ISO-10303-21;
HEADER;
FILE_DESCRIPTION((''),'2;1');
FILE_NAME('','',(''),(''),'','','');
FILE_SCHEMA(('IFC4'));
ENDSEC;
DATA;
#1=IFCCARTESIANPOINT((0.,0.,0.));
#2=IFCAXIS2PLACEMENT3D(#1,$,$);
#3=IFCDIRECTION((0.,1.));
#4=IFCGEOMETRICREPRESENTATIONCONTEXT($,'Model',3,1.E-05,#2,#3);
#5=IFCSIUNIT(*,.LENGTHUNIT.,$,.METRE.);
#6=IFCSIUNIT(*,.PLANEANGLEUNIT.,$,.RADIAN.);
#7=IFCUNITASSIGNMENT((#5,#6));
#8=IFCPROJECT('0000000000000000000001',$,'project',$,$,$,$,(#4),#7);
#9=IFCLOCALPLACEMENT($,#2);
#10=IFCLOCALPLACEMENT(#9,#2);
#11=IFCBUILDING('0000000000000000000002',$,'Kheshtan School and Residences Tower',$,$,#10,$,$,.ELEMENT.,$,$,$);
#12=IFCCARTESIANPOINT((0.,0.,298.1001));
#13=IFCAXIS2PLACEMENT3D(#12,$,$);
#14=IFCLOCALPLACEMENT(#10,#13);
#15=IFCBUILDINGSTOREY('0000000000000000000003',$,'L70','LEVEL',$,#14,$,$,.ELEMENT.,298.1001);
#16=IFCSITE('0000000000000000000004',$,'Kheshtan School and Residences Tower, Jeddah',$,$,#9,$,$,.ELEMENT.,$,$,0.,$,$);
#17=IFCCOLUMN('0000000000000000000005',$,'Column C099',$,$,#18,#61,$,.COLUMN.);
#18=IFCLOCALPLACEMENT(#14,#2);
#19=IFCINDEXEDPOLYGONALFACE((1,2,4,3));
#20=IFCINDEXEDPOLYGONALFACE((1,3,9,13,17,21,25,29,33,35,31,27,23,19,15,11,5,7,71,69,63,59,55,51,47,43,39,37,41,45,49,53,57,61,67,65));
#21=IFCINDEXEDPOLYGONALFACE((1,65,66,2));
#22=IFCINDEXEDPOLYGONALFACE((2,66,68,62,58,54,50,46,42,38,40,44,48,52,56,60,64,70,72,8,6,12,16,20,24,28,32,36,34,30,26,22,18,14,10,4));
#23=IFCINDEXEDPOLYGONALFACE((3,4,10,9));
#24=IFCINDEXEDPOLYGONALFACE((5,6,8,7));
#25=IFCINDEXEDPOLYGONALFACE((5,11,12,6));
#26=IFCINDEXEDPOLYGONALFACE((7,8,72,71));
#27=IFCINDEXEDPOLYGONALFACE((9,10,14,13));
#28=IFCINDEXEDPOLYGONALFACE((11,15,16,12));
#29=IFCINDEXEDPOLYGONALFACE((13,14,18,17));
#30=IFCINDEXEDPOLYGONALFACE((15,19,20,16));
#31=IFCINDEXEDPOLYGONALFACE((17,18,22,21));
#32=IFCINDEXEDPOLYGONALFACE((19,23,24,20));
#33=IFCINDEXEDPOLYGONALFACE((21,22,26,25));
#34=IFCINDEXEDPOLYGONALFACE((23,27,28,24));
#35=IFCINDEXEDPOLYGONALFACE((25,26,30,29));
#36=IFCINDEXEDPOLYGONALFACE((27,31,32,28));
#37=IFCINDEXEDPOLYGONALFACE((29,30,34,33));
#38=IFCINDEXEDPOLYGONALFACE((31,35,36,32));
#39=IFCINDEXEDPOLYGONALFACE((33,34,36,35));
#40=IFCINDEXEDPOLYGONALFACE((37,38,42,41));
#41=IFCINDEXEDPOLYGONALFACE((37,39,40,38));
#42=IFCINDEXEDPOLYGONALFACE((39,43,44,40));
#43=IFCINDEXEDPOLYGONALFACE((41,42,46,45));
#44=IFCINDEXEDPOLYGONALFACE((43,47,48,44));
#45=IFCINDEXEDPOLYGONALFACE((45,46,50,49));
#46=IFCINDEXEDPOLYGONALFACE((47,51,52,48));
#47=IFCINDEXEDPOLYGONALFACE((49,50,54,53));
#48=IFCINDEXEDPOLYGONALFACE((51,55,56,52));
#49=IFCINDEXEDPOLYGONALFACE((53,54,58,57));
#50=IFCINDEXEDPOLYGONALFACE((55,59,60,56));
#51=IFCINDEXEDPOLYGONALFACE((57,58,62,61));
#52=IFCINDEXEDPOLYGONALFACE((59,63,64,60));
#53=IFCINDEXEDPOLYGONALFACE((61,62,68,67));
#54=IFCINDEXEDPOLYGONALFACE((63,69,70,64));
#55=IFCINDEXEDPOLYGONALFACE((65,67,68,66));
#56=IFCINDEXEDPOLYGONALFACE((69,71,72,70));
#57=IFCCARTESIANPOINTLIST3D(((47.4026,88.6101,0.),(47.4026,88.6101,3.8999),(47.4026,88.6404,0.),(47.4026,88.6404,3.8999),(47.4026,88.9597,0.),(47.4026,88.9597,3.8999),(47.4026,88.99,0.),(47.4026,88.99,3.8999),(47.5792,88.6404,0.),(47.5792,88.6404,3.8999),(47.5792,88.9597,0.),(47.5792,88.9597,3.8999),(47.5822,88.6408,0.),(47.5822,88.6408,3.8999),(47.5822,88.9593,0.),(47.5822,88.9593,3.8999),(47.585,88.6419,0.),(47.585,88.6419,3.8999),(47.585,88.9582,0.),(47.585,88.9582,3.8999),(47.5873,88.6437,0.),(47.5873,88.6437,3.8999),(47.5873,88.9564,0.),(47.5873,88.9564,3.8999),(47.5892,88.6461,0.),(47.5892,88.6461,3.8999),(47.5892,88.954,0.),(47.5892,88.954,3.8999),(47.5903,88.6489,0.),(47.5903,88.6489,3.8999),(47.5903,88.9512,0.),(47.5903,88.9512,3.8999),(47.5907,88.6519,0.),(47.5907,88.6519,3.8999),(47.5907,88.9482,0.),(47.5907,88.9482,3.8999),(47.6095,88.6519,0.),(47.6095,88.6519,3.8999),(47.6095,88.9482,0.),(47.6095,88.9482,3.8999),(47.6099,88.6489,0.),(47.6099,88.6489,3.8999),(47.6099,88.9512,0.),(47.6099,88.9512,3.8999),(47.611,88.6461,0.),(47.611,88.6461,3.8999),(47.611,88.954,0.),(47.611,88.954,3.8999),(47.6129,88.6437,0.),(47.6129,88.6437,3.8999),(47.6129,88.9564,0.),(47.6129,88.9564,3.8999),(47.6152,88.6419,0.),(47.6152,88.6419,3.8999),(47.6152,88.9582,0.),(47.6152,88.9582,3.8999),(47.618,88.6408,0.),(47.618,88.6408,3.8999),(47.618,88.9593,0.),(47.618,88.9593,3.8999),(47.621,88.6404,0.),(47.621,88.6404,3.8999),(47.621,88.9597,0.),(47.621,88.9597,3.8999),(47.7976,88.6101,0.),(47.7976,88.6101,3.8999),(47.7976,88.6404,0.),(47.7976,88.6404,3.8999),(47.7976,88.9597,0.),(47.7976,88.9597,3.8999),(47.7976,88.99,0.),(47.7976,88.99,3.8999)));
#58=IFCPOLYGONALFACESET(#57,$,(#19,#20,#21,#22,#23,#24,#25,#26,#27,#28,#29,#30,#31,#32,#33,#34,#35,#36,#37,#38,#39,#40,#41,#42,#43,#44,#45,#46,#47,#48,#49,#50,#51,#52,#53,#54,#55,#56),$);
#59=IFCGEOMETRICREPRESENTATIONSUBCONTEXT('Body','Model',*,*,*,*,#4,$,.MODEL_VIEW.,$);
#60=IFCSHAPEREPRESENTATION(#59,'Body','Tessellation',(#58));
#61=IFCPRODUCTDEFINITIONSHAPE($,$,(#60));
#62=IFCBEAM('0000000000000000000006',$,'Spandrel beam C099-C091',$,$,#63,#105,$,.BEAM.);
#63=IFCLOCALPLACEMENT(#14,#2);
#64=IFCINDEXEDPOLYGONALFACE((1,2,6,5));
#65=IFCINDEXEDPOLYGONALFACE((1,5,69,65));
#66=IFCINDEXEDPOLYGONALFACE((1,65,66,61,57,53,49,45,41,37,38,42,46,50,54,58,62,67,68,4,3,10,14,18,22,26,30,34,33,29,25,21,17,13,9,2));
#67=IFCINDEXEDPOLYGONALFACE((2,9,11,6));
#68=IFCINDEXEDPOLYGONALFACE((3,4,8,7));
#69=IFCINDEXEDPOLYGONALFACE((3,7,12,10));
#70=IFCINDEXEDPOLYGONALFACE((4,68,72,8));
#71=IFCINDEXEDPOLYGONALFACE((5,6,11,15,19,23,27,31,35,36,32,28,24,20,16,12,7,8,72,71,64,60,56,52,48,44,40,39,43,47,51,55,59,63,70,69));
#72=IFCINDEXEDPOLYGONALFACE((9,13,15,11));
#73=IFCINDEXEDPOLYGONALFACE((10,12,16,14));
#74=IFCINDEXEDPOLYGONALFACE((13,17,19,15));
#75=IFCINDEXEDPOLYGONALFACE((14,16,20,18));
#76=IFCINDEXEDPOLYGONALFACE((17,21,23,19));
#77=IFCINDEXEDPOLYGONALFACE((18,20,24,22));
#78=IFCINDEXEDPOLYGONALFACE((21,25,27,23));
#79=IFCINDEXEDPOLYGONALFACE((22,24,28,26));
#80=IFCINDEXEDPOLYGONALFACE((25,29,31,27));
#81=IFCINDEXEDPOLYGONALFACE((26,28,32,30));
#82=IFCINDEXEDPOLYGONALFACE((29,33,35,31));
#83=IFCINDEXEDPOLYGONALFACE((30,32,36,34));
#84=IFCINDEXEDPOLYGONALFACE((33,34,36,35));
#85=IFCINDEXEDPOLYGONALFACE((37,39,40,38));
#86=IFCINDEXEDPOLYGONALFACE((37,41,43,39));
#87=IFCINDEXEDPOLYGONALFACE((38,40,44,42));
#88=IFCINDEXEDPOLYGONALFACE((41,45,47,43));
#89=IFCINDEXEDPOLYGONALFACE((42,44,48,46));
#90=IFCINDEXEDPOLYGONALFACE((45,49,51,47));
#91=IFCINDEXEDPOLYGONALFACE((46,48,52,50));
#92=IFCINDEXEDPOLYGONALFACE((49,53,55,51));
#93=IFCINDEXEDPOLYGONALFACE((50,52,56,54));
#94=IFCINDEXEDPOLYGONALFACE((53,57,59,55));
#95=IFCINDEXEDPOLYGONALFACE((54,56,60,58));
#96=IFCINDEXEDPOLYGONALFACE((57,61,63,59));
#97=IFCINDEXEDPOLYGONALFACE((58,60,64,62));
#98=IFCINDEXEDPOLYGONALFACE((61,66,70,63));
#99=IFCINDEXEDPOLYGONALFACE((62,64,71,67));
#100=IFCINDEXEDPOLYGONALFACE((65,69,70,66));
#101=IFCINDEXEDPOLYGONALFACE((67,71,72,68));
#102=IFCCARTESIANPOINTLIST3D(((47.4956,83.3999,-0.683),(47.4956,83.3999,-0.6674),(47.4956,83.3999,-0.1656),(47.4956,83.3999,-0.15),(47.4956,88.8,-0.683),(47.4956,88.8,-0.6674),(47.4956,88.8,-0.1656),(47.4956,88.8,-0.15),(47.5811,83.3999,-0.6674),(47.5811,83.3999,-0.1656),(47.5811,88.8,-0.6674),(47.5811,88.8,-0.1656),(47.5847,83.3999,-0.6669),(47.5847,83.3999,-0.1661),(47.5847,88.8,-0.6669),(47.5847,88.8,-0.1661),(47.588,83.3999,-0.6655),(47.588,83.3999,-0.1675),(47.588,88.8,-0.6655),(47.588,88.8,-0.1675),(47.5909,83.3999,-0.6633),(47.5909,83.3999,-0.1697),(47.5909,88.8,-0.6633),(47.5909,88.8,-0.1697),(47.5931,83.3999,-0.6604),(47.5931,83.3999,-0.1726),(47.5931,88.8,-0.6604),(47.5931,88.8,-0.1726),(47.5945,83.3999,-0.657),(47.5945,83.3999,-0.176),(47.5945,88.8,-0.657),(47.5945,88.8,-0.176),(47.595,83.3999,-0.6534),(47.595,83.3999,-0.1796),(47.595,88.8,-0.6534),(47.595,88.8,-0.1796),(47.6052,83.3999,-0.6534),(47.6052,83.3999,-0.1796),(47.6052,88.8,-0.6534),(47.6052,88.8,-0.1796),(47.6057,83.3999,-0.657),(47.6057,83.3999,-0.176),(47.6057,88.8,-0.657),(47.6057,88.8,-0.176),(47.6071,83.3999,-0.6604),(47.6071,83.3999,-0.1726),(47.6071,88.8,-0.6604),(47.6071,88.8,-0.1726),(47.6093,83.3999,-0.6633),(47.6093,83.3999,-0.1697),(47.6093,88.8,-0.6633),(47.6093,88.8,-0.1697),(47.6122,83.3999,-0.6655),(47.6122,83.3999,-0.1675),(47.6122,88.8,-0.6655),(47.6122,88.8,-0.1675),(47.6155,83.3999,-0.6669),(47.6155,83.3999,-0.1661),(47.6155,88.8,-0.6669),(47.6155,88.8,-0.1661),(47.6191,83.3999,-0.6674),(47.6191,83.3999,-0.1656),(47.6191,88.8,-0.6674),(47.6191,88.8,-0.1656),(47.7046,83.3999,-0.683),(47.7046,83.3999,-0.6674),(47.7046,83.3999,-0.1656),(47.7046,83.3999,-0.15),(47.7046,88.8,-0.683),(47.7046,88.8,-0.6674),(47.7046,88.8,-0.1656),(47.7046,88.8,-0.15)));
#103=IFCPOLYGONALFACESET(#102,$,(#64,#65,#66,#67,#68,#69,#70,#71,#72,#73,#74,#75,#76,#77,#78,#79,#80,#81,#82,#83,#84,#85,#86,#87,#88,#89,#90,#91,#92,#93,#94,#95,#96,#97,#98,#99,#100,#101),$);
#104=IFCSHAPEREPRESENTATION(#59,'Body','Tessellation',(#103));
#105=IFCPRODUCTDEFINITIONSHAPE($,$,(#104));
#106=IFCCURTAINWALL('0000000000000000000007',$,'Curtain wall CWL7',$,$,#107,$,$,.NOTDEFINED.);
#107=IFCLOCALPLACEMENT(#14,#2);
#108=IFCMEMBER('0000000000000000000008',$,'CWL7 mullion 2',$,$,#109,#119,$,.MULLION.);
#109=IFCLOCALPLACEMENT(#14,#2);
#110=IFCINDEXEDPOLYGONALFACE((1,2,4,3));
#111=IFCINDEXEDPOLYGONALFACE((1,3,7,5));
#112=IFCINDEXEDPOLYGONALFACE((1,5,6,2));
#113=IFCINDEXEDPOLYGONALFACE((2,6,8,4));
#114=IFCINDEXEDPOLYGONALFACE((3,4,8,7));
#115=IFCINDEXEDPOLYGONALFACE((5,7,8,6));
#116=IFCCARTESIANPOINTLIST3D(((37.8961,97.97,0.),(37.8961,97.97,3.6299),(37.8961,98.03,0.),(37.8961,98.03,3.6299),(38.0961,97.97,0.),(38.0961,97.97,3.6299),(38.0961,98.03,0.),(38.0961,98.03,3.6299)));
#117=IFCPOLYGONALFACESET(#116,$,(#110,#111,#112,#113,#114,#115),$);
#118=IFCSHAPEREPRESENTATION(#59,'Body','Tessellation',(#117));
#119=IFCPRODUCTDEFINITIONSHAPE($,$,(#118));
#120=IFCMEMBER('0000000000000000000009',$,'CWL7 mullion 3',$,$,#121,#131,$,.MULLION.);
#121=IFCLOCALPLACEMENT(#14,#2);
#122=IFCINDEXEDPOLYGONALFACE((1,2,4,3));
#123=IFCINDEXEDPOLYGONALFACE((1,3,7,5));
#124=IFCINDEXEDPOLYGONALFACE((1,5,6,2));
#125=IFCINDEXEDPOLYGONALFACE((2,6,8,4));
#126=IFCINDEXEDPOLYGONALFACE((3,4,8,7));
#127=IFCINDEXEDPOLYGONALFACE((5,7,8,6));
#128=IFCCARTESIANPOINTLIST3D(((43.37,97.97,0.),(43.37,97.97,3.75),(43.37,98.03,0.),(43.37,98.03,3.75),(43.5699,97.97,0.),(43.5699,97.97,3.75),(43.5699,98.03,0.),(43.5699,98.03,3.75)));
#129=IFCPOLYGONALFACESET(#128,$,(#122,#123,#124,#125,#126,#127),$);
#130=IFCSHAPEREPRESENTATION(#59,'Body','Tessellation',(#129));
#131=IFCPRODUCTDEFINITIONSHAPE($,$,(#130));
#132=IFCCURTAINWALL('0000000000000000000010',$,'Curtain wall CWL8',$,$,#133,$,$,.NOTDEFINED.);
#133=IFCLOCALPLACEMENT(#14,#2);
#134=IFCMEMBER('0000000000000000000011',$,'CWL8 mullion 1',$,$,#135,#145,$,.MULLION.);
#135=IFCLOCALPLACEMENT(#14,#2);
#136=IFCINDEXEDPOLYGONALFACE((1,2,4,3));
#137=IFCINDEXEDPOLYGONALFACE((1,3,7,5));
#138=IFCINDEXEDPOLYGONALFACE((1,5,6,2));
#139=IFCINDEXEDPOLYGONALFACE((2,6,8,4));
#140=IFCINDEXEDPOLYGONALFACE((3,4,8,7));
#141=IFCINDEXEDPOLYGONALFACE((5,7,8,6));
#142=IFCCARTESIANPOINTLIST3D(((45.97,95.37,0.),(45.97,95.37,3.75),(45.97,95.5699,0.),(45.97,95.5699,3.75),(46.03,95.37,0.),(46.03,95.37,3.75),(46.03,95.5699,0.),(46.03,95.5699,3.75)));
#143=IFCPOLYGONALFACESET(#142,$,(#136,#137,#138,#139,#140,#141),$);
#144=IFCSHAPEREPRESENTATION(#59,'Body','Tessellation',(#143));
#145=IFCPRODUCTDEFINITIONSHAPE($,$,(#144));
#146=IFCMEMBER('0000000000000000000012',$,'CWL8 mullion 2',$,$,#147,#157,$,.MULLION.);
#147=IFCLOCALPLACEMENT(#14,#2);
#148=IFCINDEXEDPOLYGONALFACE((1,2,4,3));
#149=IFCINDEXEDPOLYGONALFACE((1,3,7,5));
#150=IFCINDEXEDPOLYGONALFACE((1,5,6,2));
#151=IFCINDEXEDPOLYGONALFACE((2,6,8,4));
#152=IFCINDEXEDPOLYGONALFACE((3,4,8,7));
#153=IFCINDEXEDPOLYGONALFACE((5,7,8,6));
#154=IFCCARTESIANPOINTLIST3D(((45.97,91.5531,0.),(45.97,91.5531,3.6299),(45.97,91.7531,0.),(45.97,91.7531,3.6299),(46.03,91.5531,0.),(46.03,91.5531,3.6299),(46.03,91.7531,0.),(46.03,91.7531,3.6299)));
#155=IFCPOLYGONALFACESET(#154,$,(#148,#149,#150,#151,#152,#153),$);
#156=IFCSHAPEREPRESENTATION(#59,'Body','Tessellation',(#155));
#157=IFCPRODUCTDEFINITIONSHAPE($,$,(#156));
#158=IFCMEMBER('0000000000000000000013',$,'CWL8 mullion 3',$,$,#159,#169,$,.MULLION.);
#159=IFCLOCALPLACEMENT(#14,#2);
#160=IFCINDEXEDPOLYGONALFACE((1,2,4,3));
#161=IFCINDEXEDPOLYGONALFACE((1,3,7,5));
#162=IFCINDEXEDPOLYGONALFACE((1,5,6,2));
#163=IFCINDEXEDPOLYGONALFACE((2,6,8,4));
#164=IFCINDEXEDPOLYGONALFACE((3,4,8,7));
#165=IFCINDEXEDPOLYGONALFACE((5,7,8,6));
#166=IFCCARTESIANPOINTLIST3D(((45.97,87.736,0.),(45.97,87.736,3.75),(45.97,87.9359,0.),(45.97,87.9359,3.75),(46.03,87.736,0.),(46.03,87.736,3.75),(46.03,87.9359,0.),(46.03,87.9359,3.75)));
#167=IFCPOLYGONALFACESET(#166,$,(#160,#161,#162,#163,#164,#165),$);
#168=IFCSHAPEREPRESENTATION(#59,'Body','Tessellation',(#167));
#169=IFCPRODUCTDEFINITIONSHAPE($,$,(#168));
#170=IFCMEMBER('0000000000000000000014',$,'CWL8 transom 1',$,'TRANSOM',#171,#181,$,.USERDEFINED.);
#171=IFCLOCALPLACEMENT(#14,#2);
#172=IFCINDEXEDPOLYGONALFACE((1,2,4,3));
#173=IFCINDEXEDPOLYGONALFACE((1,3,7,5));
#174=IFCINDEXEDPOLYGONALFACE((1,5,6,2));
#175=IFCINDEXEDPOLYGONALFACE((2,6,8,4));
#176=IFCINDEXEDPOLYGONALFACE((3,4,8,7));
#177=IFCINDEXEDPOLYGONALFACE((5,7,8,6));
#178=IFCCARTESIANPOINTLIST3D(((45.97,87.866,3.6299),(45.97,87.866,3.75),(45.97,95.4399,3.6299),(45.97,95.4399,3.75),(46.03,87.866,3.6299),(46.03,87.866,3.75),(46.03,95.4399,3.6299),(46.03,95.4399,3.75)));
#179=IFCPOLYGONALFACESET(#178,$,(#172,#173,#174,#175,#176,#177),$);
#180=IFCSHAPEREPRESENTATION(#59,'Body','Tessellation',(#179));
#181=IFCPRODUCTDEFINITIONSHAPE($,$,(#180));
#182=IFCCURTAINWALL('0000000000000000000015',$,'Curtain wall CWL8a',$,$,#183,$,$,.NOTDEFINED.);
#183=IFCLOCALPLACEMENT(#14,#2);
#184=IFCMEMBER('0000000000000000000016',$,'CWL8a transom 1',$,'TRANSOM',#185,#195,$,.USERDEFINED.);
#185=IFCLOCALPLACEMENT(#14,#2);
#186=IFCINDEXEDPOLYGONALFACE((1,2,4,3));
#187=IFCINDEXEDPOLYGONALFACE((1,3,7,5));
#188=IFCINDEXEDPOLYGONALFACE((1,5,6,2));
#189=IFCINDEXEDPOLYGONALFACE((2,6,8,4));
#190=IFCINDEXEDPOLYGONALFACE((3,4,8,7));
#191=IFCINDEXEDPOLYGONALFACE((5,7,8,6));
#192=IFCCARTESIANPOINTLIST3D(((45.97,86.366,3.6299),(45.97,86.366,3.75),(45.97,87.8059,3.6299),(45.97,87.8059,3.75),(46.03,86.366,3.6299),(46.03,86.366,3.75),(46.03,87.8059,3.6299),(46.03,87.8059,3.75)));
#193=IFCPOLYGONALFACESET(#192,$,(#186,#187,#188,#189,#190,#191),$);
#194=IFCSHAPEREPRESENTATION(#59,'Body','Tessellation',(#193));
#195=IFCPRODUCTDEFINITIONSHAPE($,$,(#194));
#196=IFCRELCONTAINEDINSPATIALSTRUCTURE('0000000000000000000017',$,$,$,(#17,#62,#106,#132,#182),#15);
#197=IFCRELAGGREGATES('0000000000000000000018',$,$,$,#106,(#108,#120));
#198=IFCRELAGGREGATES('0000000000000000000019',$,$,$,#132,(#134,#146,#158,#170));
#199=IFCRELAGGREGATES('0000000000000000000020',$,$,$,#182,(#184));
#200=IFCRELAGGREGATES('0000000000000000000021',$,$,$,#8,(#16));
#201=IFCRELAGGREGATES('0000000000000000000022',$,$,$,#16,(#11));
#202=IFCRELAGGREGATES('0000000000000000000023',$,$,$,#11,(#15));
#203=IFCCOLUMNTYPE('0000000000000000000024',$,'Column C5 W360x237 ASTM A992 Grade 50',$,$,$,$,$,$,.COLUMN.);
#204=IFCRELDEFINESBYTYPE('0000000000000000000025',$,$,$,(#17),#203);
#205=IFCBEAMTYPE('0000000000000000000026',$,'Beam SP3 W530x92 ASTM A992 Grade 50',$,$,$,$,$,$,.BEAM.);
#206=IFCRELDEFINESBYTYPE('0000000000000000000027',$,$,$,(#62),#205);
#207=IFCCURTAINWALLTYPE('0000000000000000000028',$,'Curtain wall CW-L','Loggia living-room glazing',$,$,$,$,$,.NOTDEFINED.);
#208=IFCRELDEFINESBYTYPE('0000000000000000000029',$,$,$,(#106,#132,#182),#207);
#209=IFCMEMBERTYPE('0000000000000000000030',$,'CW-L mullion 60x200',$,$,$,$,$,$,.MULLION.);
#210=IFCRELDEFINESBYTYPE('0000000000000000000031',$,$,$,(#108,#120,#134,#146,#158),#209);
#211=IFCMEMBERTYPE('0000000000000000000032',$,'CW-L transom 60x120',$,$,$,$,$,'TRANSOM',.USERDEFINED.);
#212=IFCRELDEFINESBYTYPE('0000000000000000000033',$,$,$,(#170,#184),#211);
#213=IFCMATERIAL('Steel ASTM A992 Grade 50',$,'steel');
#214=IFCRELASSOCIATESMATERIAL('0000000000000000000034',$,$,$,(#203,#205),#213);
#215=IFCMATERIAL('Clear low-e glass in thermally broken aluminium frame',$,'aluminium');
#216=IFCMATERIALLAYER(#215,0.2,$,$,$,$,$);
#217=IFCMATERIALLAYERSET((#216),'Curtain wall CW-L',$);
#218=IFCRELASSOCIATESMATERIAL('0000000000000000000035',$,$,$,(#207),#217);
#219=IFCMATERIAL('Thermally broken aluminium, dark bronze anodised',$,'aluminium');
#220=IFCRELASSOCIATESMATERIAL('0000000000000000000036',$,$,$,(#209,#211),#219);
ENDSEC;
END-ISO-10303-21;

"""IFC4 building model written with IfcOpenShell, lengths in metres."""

from ifc_helpers import new_model, si_unit, direction, frame, origin, origin_2d, place, context, subcontext, project, spatial, rectangle, i_section, extrude, material, layer, layer_set, material_profile, profile_set, type_object, element, aggregate, save


model = new_model("IFC4")

# Units and contexts
model_context = context("Model", 3, precision=1e-05, world=origin(), true_north=direction((0.0, 1.0)))
body_context = subcontext(model_context, "Body", "Model", "MODEL_VIEW")
ifc_project = project(units=[si_unit("LENGTHUNIT", "METRE"), si_unit("PLANEANGLEUNIT", "RADIAN")], contexts=[model_context])

# Site, building, storey
site_placement = place(None, origin())
site = spatial("IfcSite", under=ifc_project, at=site_placement, Name="Kheshtan School and Residences Tower, Jeddah", CompositionType="ELEMENT", RefElevation=0.0)
building_placement = place(site_placement, origin())
building = spatial("IfcBuilding", under=site, at=building_placement, Name="Kheshtan School and Residences Tower", CompositionType="ELEMENT")
storey_placement = place(building_placement, frame((0.0, 0.0, 298.1001)))
storey = spatial("IfcBuildingStorey", under=building, at=storey_placement, Name="L70", Description="LEVEL", CompositionType="ELEMENT", Elevation=298.1001)

# Column
ifc_material_1 = material(Name="Steel ASTM A992 Grade 50", Category="steel")
ifc_material_profile_1 = material_profile(ifc_material_1, i_section(OverallWidth=0.395, OverallDepth=0.3799, WebThickness=0.0188, FlangeThickness=0.0303, FilletRadius=0.0115, at=origin_2d()), Name="W360x237")
ifc_profile_set_1 = profile_set([ifc_material_profile_1], Name="Steel ASTM A992 Grade 50")
column_type = type_object("IfcColumnType", Name="Column C5 W360x237 ASTM A992 Grade 50", PredefinedType="COLUMN", material=ifc_profile_set_1)
column_placement = place(storey_placement, frame((47.6001, 88.8, 0.0), z_axis=(0.0, 0.0, 1.0), x_axis=(1.0, 0.0, 0.0)))
element("IfcColumn", 1, at=column_placement, inside=storey, type_object=column_type, Name="Column C099", PredefinedType="COLUMN", context=body_context, shape_type="SweptSolid", body=[
    extrude(i_section(OverallWidth=0.395, OverallDepth=0.3799, WebThickness=0.0188, FlangeThickness=0.0303, FilletRadius=0.0115, at=origin_2d()), origin(), (0.0, 0.0, 1.0), 3.8999),
])

# Beam
ifc_material_profile_2 = material_profile(ifc_material_1, i_section(OverallWidth=0.209, OverallDepth=0.533, WebThickness=0.0103, FlangeThickness=0.0156, FilletRadius=0.0139, at=origin_2d()), Name="W530x92")
ifc_profile_set_2 = profile_set([ifc_material_profile_2], Name="Steel ASTM A992 Grade 50")
beam_type = type_object("IfcBeamType", Name="Beam SP3 W530x92 ASTM A992 Grade 50", PredefinedType="BEAM", material=ifc_profile_set_2)
beam_placement = place(storey_placement, frame((47.6001, 88.8, -0.4165), z_axis=(0.0, -1.0, 0.0), x_axis=(1.0, 0.0, 0.0)))
element("IfcBeam", 2, at=beam_placement, inside=storey, type_object=beam_type, Name="Spandrel beam C099-C091", PredefinedType="BEAM", context=body_context, shape_type="SweptSolid", body=[
    extrude(i_section(OverallWidth=0.209, OverallDepth=0.533, WebThickness=0.0103, FlangeThickness=0.0156, FilletRadius=0.0139, at=origin_2d()), origin(), (0.0, 0.0, 1.0), 5.4001),
])

# Curtain walls, members
ifc_material_2 = material(Name="Clear low-e glass in thermally broken aluminium frame", Category="aluminium")
ifc_layer_1 = layer(ifc_material_2, 0.2)
ifc_layer_set_1 = layer_set([ifc_layer_1], Name="Curtain wall CW-L")
curtain_wall_type = type_object("IfcCurtainWallType", Name="Curtain wall CW-L", Description="Loggia living-room glazing", PredefinedType="NOTDEFINED", material=ifc_layer_set_1)
curtain_wall_1_placement = place(storey_placement, origin())
curtain_wall_1 = element("IfcCurtainWall", 3, at=curtain_wall_1_placement, inside=storey, type_object=curtain_wall_type, Name="Curtain wall CWL7", PredefinedType="NOTDEFINED")
ifc_material_3 = material(Name="Thermally broken aluminium, dark bronze anodised", Category="aluminium")
ifc_material_profile_3 = material_profile(ifc_material_3, rectangle(XDim=0.0601, YDim=0.2, at=origin_2d()), Name="CW-L mullion 60x200")
ifc_profile_set_3 = profile_set([ifc_material_profile_3], Name="Thermally broken aluminium, dark bronze anodised")
member_type_1 = type_object("IfcMemberType", Name="CW-L mullion 60x200", PredefinedType="MULLION", material=ifc_profile_set_3)
member_1_placement = place(storey_placement, frame((37.9961, 98.0, 0.0), z_axis=(0.0, 0.0, 1.0), x_axis=(0.0, 1.0, 0.0)))
member_1 = element("IfcMember", 4, at=member_1_placement, type_object=member_type_1, Name="CWL7 mullion 2", PredefinedType="MULLION", context=body_context, shape_type="SweptSolid", body=[
    extrude(rectangle(XDim=0.0601, YDim=0.2, at=origin_2d()), origin(), (0.0, 0.0, 1.0), 3.6299),
])
member_2_placement = place(storey_placement, frame((43.47, 98.0, 0.0), z_axis=(0.0, 0.0, 1.0), x_axis=(0.0, 1.0, 0.0)))
member_2 = element("IfcMember", 5, at=member_2_placement, type_object=member_type_1, Name="CWL7 mullion 3", PredefinedType="MULLION", context=body_context, shape_type="SweptSolid", body=[
    extrude(rectangle(XDim=0.0601, YDim=0.2, at=origin_2d()), origin(), (0.0, 0.0, 1.0), 3.75),
])
curtain_wall_2_placement = place(storey_placement, origin())
curtain_wall_2 = element("IfcCurtainWall", 6, at=curtain_wall_2_placement, inside=storey, type_object=curtain_wall_type, Name="Curtain wall CWL8", PredefinedType="NOTDEFINED")
member_3_placement = place(storey_placement, frame((46.0, 95.47, 0.0), z_axis=(0.0, 0.0, 1.0), x_axis=(1.0, 0.0, 0.0)))
member_3 = element("IfcMember", 7, at=member_3_placement, type_object=member_type_1, Name="CWL8 mullion 1", PredefinedType="MULLION", context=body_context, shape_type="SweptSolid", body=[
    extrude(rectangle(XDim=0.0601, YDim=0.2, at=origin_2d()), origin(), (0.0, 0.0, 1.0), 3.75),
])
member_4_placement = place(storey_placement, frame((46.0, 91.6531, 0.0), z_axis=(0.0, 0.0, 1.0), x_axis=(1.0, 0.0, 0.0)))
member_4 = element("IfcMember", 8, at=member_4_placement, type_object=member_type_1, Name="CWL8 mullion 2", PredefinedType="MULLION", context=body_context, shape_type="SweptSolid", body=[
    extrude(rectangle(XDim=0.0601, YDim=0.2, at=origin_2d()), origin(), (0.0, 0.0, 1.0), 3.6299),
])
member_5_placement = place(storey_placement, frame((46.0, 87.8359, 0.0), z_axis=(0.0, 0.0, 1.0), x_axis=(1.0, 0.0, 0.0)))
member_5 = element("IfcMember", 9, at=member_5_placement, type_object=member_type_1, Name="CWL8 mullion 3", PredefinedType="MULLION", context=body_context, shape_type="SweptSolid", body=[
    extrude(rectangle(XDim=0.0601, YDim=0.2, at=origin_2d()), origin(), (0.0, 0.0, 1.0), 3.75),
])
ifc_material_profile_4 = material_profile(ifc_material_3, rectangle(XDim=0.0601, YDim=0.1201, at=origin_2d()), Name="CW-L transom 60x120")
ifc_profile_set_4 = profile_set([ifc_material_profile_4], Name="Thermally broken aluminium, dark bronze anodised")
member_type_2 = type_object("IfcMemberType", Name="CW-L transom 60x120", ElementType="TRANSOM", PredefinedType="USERDEFINED", material=ifc_profile_set_4)
member_6_placement = place(storey_placement, frame((46.0, 95.4399, 3.6899), z_axis=(0.0, -1.0, 0.0), x_axis=(1.0, 0.0, 0.0)))
member_6 = element("IfcMember", 10, at=member_6_placement, type_object=member_type_2, Name="CWL8 transom 1", ObjectType="TRANSOM", PredefinedType="USERDEFINED", context=body_context, shape_type="SweptSolid", body=[
    extrude(rectangle(XDim=0.0601, YDim=0.1201, at=origin_2d()), origin(), (0.0, 0.0, 1.0), 7.574),
])

# Curtain wall, member
curtain_wall_3_placement = place(storey_placement, origin())
curtain_wall_3 = element("IfcCurtainWall", 11, at=curtain_wall_3_placement, inside=storey, type_object=curtain_wall_type, Name="Curtain wall CWL8a", PredefinedType="NOTDEFINED")
member_7_placement = place(storey_placement, frame((46.0, 87.8059, 3.6899), z_axis=(0.0, -1.0, 0.0), x_axis=(1.0, 0.0, 0.0)))
member_7 = element("IfcMember", 12, at=member_7_placement, type_object=member_type_2, Name="CWL8a transom 1", ObjectType="TRANSOM", PredefinedType="USERDEFINED", context=body_context, shape_type="SweptSolid", body=[
    extrude(rectangle(XDim=0.0601, YDim=0.1201, at=origin_2d()), origin(), (0.0, 0.0, 1.0), 1.4399),
])

aggregate(curtain_wall_1, [member_1, member_2])
aggregate(curtain_wall_2, [member_3, member_4, member_5, member_6])
aggregate(curtain_wall_3, [member_7])

save(model, "model.ifc")
